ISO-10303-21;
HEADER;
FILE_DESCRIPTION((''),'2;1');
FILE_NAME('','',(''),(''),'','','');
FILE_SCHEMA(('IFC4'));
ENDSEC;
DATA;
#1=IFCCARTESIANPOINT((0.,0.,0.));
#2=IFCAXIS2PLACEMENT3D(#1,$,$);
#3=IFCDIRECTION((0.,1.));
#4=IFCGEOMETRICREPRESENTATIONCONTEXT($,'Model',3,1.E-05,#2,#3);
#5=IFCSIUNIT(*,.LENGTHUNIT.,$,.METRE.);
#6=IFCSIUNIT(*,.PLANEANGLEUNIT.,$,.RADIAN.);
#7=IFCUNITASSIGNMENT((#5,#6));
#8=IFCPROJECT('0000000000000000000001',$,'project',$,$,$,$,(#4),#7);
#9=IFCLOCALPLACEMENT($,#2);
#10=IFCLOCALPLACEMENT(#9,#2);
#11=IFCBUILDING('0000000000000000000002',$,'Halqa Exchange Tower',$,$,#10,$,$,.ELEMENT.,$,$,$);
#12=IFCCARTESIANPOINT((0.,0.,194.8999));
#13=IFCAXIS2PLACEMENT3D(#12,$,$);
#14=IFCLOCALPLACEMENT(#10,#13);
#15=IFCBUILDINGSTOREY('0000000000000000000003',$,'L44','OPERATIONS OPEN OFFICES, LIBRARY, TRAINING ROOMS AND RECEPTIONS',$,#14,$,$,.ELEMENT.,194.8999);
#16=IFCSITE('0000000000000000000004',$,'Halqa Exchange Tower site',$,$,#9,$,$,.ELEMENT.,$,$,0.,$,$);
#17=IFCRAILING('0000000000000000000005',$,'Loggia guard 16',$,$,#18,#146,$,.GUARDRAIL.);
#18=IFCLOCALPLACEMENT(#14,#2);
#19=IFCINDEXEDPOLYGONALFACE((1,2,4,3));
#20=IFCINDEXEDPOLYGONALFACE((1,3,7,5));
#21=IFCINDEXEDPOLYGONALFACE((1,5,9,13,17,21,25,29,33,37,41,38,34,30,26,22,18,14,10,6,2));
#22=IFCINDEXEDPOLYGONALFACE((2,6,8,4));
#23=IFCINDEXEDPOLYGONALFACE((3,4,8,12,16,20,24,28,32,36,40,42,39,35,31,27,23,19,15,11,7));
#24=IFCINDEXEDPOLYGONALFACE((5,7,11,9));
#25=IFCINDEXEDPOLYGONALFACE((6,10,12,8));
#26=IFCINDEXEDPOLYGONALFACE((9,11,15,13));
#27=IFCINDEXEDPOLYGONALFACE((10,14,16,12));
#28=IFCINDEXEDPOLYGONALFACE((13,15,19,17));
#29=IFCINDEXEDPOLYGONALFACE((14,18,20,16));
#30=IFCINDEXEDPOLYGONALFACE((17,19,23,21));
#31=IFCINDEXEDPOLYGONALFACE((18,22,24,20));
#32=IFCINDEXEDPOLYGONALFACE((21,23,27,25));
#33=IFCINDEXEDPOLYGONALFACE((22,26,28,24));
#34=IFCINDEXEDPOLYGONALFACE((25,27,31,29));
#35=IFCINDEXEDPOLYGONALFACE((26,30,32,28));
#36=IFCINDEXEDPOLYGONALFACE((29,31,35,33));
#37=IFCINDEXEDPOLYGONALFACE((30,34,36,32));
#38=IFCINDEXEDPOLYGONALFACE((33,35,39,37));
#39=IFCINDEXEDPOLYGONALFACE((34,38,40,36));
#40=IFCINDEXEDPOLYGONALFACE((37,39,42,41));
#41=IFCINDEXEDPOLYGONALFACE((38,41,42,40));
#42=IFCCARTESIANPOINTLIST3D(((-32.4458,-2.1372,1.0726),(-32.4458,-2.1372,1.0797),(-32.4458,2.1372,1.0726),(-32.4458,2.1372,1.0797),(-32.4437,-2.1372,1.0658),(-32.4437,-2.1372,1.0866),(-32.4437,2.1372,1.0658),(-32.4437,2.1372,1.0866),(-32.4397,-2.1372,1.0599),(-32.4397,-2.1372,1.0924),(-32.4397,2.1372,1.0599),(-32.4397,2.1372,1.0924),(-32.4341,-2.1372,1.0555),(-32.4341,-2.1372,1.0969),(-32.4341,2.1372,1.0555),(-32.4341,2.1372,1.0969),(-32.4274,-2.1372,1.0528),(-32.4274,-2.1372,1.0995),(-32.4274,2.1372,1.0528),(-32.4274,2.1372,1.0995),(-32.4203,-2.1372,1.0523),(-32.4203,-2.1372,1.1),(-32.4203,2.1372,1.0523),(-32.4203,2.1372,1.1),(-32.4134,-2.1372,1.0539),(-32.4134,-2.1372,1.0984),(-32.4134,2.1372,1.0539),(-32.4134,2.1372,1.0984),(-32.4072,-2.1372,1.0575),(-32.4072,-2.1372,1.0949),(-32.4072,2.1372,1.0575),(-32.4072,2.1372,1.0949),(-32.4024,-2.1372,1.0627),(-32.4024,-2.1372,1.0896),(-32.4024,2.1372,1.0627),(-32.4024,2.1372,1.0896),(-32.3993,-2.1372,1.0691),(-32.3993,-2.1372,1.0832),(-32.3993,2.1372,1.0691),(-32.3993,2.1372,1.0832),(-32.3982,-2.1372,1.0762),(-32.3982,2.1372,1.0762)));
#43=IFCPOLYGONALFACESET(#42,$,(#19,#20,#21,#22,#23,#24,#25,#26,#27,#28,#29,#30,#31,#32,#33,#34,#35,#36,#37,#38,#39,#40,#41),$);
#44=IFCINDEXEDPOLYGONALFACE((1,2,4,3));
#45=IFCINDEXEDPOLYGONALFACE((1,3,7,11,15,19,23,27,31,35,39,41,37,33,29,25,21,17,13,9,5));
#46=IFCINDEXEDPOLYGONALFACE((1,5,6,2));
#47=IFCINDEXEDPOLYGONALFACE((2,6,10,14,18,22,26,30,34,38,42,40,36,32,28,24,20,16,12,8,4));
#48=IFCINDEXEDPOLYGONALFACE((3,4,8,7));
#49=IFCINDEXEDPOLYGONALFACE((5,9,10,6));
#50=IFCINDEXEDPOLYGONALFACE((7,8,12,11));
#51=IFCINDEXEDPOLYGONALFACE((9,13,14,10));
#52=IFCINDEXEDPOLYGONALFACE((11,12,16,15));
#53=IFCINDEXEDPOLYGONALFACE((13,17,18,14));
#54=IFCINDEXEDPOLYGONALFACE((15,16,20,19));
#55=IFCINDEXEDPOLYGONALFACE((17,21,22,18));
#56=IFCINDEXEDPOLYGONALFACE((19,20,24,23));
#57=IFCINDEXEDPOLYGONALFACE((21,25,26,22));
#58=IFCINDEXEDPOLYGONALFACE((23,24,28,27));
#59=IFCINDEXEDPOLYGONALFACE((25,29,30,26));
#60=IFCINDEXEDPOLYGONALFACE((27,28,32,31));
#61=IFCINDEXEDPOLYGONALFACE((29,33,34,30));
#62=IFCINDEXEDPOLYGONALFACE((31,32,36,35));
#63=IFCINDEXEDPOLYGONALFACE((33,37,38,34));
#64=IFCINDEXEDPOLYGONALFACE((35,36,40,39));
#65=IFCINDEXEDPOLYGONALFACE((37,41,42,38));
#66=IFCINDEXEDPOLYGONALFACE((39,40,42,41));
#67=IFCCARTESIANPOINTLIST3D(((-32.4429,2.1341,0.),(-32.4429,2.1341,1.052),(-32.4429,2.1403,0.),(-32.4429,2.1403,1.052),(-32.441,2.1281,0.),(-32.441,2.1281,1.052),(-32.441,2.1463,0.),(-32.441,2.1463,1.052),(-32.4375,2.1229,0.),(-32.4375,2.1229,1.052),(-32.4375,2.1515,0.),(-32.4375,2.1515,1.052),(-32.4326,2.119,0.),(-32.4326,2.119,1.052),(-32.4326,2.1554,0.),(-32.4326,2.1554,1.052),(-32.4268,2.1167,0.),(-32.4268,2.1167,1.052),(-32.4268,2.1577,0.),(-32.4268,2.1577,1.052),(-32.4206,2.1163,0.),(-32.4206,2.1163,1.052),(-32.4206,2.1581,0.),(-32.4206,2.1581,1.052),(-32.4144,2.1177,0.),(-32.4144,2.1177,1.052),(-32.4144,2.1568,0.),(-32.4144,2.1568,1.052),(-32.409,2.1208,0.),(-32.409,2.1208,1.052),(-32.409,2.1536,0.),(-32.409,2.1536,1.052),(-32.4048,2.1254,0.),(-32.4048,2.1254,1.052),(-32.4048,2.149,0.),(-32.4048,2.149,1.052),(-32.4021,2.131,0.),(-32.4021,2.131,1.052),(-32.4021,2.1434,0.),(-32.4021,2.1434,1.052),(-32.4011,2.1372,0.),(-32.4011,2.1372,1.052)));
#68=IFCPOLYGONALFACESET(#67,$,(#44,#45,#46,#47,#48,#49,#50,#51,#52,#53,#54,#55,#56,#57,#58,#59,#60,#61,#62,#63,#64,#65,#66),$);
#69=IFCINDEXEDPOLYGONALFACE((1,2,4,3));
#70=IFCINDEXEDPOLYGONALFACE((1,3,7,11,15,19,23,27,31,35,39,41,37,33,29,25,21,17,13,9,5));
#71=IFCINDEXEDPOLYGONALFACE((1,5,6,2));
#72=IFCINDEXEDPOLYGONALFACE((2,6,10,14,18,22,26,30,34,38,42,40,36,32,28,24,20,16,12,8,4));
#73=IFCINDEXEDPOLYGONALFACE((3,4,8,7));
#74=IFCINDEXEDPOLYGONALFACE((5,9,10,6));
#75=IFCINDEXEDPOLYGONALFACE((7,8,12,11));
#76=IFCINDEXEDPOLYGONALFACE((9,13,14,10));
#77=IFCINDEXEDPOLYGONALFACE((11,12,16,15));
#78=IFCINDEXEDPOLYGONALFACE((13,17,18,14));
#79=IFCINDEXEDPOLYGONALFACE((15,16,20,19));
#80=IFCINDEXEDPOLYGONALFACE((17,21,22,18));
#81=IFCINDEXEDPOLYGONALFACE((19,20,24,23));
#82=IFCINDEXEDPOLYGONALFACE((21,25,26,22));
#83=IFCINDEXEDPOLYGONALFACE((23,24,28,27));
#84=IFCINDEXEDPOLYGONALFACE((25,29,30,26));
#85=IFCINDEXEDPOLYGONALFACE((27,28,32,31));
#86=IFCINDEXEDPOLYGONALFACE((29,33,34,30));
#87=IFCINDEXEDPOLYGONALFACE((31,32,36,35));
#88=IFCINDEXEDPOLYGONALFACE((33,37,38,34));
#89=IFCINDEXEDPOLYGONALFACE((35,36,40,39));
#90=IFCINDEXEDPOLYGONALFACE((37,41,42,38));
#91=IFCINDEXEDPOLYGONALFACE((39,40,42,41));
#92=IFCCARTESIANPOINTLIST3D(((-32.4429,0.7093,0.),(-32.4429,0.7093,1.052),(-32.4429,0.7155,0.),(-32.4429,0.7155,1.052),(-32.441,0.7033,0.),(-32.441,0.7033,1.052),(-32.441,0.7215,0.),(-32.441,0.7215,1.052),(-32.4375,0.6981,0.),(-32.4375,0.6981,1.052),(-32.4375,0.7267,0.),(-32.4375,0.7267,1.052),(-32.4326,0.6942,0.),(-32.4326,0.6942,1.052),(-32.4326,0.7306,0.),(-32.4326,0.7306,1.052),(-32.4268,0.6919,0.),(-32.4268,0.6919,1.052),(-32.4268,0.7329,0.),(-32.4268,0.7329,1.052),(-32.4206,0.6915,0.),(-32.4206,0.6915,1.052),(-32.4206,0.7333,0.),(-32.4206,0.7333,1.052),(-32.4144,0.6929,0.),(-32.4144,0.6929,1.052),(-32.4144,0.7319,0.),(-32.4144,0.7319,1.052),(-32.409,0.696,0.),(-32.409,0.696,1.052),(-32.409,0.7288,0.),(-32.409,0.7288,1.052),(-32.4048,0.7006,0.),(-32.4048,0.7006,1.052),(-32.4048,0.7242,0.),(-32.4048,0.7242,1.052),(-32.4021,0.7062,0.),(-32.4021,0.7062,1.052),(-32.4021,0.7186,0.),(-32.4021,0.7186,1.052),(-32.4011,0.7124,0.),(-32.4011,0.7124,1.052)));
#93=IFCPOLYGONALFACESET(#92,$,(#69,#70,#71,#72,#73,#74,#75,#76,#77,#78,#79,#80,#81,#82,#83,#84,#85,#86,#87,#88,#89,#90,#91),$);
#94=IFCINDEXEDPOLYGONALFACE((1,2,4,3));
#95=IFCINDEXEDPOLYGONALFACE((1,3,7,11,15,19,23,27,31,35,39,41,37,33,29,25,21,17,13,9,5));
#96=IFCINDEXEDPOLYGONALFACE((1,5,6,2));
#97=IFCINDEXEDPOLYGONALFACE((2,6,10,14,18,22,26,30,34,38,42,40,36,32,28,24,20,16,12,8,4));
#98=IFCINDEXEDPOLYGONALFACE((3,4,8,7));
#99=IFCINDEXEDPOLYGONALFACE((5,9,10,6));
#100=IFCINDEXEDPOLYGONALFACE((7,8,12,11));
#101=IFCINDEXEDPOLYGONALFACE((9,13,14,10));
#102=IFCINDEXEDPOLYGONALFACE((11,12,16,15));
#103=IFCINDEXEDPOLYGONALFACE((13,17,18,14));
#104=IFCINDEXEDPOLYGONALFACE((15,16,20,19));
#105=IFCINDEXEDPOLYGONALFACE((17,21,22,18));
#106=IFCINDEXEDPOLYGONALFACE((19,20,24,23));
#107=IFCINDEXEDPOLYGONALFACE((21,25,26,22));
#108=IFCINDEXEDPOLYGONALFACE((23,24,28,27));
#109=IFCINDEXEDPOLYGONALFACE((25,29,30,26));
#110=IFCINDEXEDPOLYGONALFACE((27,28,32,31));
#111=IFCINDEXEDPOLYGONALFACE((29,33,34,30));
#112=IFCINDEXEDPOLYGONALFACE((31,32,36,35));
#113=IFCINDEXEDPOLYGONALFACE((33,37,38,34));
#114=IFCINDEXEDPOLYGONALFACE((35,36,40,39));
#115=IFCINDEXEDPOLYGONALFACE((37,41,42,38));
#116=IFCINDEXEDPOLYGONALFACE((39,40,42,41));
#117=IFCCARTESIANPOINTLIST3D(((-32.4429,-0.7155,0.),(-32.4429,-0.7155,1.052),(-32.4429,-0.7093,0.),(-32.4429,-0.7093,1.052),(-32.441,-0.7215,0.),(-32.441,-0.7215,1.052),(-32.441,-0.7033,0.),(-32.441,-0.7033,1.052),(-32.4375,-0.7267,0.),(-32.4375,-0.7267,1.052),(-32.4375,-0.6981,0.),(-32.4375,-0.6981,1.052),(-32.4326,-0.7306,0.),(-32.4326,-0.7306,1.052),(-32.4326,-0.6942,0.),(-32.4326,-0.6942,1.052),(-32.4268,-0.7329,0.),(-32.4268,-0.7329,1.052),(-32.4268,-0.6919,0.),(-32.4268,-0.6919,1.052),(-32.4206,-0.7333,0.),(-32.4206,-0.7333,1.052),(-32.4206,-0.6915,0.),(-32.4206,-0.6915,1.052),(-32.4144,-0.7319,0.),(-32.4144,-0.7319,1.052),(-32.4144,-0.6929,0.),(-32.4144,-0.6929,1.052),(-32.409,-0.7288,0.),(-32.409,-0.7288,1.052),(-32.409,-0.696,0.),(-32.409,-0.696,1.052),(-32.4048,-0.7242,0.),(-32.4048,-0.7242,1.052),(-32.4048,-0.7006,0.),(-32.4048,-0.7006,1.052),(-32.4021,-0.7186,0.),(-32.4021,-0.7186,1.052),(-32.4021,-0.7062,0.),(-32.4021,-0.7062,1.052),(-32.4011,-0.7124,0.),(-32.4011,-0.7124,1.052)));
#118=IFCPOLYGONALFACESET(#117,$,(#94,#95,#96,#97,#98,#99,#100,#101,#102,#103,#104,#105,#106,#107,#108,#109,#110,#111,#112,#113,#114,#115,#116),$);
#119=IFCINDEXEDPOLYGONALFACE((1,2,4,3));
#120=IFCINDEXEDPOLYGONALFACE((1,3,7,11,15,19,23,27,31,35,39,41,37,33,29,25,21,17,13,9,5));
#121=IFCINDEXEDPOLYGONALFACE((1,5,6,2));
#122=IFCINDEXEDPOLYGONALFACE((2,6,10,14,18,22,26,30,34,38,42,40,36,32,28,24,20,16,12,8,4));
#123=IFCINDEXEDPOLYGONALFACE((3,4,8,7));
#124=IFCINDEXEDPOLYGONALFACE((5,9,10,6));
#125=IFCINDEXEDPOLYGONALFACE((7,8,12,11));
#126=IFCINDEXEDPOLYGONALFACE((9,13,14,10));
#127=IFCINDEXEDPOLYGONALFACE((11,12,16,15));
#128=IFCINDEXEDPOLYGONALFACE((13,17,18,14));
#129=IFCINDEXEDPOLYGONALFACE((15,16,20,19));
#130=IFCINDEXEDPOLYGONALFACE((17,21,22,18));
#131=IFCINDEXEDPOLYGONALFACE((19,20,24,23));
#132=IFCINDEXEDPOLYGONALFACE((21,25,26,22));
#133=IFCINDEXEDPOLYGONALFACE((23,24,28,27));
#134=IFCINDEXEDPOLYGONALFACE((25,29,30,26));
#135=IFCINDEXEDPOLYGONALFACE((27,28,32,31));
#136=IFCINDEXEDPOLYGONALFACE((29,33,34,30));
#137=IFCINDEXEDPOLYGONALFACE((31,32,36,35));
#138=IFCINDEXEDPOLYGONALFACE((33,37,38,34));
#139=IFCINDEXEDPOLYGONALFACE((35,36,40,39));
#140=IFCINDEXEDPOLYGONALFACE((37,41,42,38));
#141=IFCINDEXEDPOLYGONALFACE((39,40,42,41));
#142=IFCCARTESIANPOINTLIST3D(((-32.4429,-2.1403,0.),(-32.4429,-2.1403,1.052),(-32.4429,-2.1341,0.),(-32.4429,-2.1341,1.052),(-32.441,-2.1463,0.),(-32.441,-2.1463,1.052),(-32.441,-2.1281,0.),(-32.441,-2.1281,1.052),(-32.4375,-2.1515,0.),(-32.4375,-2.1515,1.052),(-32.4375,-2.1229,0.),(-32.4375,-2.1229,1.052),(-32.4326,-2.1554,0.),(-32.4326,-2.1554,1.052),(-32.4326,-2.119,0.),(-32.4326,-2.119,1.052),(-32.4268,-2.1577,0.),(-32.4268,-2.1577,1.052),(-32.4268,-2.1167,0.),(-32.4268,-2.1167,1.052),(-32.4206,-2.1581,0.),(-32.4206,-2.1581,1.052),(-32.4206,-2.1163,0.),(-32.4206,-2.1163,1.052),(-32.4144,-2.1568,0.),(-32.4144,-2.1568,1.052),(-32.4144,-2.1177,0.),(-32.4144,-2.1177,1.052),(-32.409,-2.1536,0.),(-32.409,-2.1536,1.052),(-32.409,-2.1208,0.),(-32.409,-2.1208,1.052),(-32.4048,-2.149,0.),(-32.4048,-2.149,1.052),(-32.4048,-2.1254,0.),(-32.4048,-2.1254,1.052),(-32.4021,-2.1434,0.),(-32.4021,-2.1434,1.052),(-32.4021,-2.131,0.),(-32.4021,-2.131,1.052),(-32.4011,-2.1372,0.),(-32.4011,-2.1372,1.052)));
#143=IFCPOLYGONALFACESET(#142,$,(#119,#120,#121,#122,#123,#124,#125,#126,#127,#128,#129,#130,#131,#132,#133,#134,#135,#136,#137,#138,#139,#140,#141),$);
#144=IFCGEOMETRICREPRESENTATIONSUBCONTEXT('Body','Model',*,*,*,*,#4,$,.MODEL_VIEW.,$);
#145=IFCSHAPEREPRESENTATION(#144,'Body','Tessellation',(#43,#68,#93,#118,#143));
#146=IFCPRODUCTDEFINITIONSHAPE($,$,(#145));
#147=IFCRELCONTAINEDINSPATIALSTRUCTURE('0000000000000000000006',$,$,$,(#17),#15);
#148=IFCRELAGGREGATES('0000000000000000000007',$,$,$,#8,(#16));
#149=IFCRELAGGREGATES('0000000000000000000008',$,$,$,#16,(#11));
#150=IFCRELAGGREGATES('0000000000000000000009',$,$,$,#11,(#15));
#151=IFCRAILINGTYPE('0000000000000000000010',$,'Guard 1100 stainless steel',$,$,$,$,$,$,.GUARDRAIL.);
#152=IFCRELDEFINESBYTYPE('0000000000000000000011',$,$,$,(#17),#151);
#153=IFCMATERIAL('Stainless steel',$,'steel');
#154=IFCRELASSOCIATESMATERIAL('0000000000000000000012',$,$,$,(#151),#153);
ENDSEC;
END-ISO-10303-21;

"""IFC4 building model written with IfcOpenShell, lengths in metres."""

from ifc_helpers import new_model, si_unit, direction, frame, origin, origin_2d, place, context, subcontext, project, spatial, circle, extrude, material, type_object, element, save


model = new_model("IFC4")

# Units and contexts
model_context = context("Model", 3, precision=1e-05, world=origin(), true_north=direction((0.0, 1.0)))
body_context = subcontext(model_context, "Body", "Model", "MODEL_VIEW")
ifc_project = project(units=[si_unit("LENGTHUNIT", "METRE"), si_unit("PLANEANGLEUNIT", "RADIAN")], contexts=[model_context])

# Site, building, storey
site_placement = place(None, origin())
site = spatial("IfcSite", under=ifc_project, at=site_placement, Name="Halqa Exchange Tower site", CompositionType="ELEMENT", RefElevation=0.0)
building_placement = place(site_placement, origin())
building = spatial("IfcBuilding", under=site, at=building_placement, Name="Halqa Exchange Tower", CompositionType="ELEMENT")
storey_placement = place(building_placement, frame((0.0, 0.0, 194.8999)))
storey = spatial("IfcBuildingStorey", under=building, at=storey_placement, Name="L44", Description="OPERATIONS OPEN OFFICES, LIBRARY, TRAINING ROOMS AND RECEPTIONS", CompositionType="ELEMENT", Elevation=194.8999)

# Railing
ifc_material_1 = material(Name="Stainless steel", Category="steel")
railing_type = type_object("IfcRailingType", Name="Guard 1100 stainless steel", PredefinedType="GUARDRAIL", material=ifc_material_1)
railing_1_placement = place(storey_placement, frame((-32.4221, 2.1372, 0.0)))
element("IfcRailing", 1, at=railing_1_placement, inside=storey, type_object=railing_type, Name="Loggia guard 16", PredefinedType="GUARDRAIL", context=body_context, shape_type="SweptSolid", body=[
    extrude(circle(Radius=0.0239, at=origin_2d()), frame((0.0, 0.0, 1.0762), z_axis=(0.0, -1.0, 0.0), x_axis=(1.0, 0.0, 0.0)), (0.0, 0.0, 1.0), 4.2744),
    extrude(circle(Radius=0.021, at=origin_2d()), origin(), (0.0, 0.0, 1.0), 1.052),
    extrude(circle(Radius=0.021, at=origin_2d()), frame((0.0, -1.4248, 0.0)), (0.0, 0.0, 1.0), 1.052),
    extrude(circle(Radius=0.021, at=origin_2d()), frame((0.0, -2.8496, 0.0)), (0.0, 0.0, 1.0), 1.052),
    extrude(circle(Radius=0.021, at=origin_2d()), frame((0.0, -4.2744, 0.0)), (0.0, 0.0, 1.0), 1.052),
])

save(model, "model.ifc")
